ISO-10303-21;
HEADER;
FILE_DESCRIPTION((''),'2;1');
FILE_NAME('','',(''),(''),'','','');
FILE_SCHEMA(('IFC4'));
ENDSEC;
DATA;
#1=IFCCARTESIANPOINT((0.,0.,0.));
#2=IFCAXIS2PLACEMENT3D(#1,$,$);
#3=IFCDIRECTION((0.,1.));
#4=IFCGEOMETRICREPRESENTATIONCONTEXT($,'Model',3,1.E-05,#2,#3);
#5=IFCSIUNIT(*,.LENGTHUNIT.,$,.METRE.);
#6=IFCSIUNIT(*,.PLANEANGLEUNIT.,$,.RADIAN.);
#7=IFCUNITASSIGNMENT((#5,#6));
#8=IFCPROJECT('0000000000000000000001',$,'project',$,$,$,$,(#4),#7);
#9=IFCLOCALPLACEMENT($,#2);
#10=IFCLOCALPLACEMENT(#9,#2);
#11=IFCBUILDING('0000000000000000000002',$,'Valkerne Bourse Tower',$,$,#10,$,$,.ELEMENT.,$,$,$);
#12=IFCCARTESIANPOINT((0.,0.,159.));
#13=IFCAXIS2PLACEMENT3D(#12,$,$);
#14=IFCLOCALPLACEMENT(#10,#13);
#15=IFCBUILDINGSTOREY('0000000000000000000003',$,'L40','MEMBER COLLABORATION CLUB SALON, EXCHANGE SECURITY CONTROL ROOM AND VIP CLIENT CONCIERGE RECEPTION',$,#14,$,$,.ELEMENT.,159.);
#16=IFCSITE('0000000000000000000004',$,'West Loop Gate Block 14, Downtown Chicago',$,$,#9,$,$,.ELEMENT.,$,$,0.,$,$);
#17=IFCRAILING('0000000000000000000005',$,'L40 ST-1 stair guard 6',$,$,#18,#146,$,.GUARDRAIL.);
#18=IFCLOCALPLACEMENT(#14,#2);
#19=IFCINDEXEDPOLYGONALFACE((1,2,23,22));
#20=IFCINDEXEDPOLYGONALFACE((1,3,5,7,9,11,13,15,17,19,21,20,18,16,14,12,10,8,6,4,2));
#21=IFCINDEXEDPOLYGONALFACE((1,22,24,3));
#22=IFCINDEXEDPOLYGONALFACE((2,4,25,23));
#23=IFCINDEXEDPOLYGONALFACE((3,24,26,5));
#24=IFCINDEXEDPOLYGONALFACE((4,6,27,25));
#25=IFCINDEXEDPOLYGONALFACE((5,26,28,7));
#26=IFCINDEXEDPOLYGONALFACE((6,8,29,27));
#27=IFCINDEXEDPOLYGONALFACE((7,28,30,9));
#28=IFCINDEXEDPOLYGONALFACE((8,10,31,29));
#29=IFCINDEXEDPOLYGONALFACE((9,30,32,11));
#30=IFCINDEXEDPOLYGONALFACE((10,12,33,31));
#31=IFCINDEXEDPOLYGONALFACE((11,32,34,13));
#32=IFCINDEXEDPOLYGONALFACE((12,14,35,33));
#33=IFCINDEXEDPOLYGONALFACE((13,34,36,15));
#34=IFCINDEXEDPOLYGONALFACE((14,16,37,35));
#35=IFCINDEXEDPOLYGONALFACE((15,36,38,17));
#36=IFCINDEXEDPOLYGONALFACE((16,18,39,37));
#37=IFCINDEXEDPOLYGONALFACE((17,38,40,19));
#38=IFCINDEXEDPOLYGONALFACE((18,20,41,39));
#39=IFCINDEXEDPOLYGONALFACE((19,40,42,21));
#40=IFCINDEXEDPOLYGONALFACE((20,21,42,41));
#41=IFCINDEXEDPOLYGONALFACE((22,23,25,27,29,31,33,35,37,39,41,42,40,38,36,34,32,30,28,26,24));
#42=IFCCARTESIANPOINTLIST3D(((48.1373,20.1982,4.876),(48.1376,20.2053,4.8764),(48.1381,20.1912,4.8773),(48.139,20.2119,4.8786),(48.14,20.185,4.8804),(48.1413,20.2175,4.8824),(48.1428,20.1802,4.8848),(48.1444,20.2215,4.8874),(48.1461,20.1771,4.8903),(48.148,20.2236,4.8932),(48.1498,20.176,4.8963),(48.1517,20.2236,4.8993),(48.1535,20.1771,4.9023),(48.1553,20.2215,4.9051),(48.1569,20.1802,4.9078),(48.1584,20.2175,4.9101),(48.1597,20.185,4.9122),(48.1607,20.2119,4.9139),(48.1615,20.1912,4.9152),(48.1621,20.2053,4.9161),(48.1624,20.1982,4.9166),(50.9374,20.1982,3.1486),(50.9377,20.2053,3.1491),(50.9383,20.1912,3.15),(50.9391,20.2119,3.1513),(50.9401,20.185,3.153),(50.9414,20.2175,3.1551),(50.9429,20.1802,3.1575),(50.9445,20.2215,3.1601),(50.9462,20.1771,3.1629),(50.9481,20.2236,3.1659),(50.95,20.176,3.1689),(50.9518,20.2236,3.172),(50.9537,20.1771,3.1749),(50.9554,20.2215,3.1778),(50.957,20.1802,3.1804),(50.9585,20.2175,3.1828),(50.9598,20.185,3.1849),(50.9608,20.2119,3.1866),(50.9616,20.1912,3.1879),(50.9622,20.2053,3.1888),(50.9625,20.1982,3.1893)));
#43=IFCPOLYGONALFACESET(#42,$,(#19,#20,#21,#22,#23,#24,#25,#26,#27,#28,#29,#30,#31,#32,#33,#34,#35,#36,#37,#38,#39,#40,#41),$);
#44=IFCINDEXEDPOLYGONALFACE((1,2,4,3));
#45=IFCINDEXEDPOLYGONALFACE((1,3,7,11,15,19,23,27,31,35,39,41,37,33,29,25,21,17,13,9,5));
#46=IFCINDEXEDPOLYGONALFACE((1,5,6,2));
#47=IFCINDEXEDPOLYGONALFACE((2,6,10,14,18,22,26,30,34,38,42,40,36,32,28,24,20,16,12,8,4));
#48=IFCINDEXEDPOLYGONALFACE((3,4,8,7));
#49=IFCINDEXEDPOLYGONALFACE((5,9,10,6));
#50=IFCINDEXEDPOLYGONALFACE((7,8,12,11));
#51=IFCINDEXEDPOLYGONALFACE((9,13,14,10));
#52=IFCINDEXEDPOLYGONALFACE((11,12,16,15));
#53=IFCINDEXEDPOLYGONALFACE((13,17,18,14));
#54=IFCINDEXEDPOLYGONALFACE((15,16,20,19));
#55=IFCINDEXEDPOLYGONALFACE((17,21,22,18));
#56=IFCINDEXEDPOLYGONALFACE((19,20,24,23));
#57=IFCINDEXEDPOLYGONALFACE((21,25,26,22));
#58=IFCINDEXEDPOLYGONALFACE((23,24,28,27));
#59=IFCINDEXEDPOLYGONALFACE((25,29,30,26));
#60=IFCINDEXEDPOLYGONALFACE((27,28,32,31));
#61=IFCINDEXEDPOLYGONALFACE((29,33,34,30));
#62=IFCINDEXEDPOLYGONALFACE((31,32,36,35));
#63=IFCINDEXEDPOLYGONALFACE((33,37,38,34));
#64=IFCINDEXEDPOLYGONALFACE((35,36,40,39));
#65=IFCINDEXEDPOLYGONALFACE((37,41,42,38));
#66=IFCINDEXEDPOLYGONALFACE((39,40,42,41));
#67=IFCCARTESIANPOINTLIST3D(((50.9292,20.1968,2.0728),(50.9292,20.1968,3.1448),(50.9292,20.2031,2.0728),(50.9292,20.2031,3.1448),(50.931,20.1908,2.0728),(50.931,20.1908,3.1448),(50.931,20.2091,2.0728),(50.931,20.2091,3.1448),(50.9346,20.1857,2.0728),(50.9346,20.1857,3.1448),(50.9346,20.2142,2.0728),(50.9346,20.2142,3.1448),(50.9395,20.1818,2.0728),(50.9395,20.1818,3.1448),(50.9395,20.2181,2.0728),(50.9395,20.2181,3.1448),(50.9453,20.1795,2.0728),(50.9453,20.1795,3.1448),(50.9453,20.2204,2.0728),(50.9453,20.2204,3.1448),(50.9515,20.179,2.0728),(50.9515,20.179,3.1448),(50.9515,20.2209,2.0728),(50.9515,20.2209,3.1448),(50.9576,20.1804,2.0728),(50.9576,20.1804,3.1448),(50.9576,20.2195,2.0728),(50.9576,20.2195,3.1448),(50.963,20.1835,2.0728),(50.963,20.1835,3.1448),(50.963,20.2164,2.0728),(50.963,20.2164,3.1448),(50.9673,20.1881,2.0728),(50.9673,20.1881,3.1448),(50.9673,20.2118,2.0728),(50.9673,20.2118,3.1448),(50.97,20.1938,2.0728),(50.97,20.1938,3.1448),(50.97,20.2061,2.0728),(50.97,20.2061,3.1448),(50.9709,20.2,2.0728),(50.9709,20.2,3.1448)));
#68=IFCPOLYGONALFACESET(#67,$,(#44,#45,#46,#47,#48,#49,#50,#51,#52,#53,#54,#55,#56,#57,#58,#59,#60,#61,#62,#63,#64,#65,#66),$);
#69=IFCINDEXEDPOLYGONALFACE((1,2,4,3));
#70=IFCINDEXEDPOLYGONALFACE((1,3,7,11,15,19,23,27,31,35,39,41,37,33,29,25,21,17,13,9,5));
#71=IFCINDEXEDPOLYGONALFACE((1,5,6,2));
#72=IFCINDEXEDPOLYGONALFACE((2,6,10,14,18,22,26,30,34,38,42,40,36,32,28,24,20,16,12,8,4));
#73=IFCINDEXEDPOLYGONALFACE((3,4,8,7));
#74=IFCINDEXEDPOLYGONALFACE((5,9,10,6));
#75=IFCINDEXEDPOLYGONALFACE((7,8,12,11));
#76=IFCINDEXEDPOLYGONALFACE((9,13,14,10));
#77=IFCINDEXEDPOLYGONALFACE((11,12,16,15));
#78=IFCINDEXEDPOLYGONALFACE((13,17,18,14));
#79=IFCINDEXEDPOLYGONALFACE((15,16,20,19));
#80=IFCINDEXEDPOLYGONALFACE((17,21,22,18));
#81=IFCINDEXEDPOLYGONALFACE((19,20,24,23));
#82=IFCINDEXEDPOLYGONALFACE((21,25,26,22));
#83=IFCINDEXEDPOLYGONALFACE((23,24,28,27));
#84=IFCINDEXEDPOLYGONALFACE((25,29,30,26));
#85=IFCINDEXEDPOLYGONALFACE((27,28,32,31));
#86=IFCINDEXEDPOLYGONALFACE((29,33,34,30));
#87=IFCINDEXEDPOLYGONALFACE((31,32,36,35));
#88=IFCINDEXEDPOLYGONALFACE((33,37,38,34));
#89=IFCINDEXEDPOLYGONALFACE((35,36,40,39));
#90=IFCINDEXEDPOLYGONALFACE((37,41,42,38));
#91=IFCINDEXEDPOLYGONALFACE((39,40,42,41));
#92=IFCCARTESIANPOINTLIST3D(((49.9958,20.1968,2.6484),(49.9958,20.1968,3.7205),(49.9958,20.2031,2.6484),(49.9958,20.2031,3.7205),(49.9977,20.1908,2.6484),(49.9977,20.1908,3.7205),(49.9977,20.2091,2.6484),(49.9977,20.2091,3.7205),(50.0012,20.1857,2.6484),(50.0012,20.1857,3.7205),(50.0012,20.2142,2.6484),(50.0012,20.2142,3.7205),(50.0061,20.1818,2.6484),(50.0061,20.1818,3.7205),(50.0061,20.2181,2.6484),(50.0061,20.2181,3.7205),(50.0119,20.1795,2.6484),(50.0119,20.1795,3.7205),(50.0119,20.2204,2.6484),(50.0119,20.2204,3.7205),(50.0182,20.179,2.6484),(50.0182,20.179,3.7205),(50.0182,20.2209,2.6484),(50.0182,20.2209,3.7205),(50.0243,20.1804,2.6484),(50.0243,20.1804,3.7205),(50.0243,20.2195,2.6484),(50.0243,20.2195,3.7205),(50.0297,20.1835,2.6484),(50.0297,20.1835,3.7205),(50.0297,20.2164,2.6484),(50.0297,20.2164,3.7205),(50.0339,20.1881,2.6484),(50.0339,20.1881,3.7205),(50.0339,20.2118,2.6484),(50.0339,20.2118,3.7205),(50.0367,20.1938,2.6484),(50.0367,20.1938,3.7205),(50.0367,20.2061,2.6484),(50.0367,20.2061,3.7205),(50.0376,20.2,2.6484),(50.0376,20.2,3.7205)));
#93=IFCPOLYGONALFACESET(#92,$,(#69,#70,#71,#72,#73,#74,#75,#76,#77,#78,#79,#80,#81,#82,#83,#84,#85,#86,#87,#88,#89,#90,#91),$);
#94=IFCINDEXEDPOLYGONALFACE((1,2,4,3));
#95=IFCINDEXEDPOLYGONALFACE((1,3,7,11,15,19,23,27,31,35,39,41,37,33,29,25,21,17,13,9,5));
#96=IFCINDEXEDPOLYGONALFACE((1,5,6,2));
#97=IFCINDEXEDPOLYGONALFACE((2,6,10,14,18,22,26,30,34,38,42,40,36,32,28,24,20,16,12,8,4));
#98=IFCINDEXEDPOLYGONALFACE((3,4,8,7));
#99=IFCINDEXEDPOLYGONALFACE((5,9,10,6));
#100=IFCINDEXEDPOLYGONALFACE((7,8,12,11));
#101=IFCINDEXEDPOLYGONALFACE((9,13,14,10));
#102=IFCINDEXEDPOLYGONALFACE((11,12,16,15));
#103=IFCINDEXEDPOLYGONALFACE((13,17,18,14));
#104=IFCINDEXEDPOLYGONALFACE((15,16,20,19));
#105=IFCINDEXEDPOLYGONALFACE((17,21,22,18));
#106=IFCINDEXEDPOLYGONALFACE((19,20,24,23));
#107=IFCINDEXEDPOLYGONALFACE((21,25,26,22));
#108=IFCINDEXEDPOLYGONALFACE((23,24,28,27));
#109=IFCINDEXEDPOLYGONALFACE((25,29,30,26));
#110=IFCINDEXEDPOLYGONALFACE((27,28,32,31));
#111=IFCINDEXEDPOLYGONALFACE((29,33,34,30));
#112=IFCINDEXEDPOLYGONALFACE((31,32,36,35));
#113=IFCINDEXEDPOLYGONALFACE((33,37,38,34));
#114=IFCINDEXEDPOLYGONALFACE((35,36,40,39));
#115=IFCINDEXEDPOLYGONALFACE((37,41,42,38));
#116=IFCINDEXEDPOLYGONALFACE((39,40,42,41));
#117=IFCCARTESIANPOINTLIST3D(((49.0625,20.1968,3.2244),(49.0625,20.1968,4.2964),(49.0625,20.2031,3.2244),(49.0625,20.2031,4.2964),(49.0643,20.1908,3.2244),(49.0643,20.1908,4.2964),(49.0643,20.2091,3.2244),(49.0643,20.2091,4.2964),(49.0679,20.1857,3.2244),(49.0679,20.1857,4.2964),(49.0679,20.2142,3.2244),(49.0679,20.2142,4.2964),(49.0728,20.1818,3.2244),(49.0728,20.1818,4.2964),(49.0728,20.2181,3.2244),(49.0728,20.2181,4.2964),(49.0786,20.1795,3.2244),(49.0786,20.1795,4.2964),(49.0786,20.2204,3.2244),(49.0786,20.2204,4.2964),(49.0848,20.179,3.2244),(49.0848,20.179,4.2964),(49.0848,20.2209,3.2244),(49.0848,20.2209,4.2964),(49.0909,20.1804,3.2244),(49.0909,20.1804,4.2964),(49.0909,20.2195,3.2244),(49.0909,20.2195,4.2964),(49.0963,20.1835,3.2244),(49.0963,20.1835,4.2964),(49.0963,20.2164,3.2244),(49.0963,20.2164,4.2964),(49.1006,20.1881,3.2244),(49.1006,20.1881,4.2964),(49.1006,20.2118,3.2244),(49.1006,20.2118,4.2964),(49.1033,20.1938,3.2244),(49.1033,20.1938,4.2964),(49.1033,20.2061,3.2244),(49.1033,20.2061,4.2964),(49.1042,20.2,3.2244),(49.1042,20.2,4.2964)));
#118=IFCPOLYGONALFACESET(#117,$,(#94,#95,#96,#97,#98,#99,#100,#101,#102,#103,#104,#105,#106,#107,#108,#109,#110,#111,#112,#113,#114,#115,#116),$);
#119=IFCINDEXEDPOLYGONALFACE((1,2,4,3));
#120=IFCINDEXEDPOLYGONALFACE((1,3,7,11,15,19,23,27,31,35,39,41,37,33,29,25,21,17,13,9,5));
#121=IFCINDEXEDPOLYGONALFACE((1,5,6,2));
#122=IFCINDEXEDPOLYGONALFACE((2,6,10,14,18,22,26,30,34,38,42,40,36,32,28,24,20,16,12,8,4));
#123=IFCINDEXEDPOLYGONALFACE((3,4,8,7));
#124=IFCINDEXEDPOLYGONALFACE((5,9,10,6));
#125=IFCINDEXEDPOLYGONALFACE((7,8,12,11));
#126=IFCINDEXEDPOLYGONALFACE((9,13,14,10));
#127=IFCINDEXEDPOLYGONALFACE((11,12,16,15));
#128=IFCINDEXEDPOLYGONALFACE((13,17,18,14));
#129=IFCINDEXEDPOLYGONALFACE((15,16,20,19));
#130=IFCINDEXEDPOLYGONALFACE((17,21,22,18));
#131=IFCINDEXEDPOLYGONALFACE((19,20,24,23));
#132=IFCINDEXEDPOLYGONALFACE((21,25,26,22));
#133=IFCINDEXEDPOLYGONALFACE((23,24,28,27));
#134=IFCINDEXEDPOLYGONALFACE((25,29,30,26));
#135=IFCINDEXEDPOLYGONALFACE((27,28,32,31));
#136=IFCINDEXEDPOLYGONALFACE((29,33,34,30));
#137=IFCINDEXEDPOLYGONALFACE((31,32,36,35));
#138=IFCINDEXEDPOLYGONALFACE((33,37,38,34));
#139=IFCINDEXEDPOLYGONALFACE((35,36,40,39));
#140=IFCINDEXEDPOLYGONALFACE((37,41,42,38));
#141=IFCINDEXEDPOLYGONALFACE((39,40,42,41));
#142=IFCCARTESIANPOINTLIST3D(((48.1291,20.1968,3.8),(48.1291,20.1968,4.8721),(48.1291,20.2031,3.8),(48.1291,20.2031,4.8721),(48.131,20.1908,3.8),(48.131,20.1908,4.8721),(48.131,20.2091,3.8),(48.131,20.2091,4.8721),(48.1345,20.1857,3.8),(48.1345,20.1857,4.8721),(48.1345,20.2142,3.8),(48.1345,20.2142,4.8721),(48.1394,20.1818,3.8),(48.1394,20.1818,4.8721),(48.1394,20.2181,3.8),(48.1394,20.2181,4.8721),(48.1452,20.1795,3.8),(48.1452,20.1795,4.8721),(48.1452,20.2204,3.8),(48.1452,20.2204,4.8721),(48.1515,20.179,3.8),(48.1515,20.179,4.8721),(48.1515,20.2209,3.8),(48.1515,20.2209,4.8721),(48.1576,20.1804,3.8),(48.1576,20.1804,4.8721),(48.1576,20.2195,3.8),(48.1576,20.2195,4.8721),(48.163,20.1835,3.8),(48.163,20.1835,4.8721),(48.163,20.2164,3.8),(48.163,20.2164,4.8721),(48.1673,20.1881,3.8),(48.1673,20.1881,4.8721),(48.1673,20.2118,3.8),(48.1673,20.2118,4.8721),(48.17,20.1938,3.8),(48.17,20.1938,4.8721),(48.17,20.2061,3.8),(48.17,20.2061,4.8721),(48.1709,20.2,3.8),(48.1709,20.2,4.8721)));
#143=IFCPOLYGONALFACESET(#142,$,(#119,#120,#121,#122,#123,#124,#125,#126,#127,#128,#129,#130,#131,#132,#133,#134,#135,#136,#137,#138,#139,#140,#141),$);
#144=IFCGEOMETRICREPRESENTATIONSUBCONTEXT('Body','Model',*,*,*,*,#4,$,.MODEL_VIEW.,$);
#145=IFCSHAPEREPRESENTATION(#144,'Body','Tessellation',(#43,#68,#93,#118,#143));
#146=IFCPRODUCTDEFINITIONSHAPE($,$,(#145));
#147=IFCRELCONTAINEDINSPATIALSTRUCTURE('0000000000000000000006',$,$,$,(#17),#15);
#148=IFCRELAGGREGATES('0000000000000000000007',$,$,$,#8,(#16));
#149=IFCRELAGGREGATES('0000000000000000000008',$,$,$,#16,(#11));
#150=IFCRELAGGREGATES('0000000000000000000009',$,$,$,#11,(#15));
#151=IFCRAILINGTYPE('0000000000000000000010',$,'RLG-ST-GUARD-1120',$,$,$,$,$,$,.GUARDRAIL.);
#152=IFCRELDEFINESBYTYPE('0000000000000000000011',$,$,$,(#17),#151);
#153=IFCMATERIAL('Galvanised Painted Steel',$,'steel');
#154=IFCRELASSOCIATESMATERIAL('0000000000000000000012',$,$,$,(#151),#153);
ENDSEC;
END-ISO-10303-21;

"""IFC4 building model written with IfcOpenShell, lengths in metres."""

from ifc_helpers import new_model, si_unit, direction, frame, origin, origin_2d, place, context, subcontext, project, spatial, circle, extrude, material, type_object, element, save


model = new_model("IFC4")

# Units and contexts
model_context = context("Model", 3, precision=1e-05, world=origin(), true_north=direction((0.0, 1.0)))
body_context = subcontext(model_context, "Body", "Model", "MODEL_VIEW")
ifc_project = project(units=[si_unit("LENGTHUNIT", "METRE"), si_unit("PLANEANGLEUNIT", "RADIAN")], contexts=[model_context])

# Site, building, storey
site_placement = place(None, origin())
site = spatial("IfcSite", under=ifc_project, at=site_placement, Name="West Loop Gate Block 14, Downtown Chicago", CompositionType="ELEMENT", RefElevation=0.0)
building_placement = place(site_placement, origin())
building = spatial("IfcBuilding", under=site, at=building_placement, Name="Valkerne Bourse Tower", CompositionType="ELEMENT")
storey_placement = place(building_placement, frame((0.0, 0.0, 159.0)))
storey = spatial("IfcBuildingStorey", under=building, at=storey_placement, Name="L40", Description="MEMBER COLLABORATION CLUB SALON, EXCHANGE SECURITY CONTROL ROOM AND VIP CLIENT CONCIERGE RECEPTION", CompositionType="ELEMENT", Elevation=159.0)

# Shared definitions
ifc_material_1 = material(Name="Galvanised Painted Steel", Category="steel")

# Railing
railing_type_1 = type_object("IfcRailingType", Name="RLG-ST-GUARD-1120", PredefinedType="GUARDRAIL", material=ifc_material_1)
railing_1_placement = place(storey_placement, frame((50.95, 20.2, 2.0728)))
element("IfcRailing", 1, at=railing_1_placement, inside=storey, type_object=railing_type_1, Name="L40 ST-1 stair guard 6", PredefinedType="GUARDRAIL", context=body_context, shape_type="SweptSolid", body=[
    extrude(circle(Radius=0.0239, at=origin_2d()), frame((0.0, 0.0, 1.0962), z_axis=(-0.85109, 0.0, 0.52502), x_axis=(0.0, -1.0, 0.0)), (0.0, 0.0, 1.0), 3.29),
    extrude(circle(Radius=0.021, at=origin_2d()), origin(), (0.0, 0.0, 1.0), 1.072),
    extrude(circle(Radius=0.021, at=origin_2d()), frame((-0.9333, 0.0, 0.5757)), (0.0, 0.0, 1.0), 1.072),
    extrude(circle(Radius=0.021, at=origin_2d()), frame((-1.8667, 0.0, 1.1516)), (0.0, 0.0, 1.0), 1.072),
    extrude(circle(Radius=0.021, at=origin_2d()), frame((-2.8, 0.0, 1.7273)), (0.0, 0.0, 1.0), 1.072),
])

save(model, "model.ifc")
